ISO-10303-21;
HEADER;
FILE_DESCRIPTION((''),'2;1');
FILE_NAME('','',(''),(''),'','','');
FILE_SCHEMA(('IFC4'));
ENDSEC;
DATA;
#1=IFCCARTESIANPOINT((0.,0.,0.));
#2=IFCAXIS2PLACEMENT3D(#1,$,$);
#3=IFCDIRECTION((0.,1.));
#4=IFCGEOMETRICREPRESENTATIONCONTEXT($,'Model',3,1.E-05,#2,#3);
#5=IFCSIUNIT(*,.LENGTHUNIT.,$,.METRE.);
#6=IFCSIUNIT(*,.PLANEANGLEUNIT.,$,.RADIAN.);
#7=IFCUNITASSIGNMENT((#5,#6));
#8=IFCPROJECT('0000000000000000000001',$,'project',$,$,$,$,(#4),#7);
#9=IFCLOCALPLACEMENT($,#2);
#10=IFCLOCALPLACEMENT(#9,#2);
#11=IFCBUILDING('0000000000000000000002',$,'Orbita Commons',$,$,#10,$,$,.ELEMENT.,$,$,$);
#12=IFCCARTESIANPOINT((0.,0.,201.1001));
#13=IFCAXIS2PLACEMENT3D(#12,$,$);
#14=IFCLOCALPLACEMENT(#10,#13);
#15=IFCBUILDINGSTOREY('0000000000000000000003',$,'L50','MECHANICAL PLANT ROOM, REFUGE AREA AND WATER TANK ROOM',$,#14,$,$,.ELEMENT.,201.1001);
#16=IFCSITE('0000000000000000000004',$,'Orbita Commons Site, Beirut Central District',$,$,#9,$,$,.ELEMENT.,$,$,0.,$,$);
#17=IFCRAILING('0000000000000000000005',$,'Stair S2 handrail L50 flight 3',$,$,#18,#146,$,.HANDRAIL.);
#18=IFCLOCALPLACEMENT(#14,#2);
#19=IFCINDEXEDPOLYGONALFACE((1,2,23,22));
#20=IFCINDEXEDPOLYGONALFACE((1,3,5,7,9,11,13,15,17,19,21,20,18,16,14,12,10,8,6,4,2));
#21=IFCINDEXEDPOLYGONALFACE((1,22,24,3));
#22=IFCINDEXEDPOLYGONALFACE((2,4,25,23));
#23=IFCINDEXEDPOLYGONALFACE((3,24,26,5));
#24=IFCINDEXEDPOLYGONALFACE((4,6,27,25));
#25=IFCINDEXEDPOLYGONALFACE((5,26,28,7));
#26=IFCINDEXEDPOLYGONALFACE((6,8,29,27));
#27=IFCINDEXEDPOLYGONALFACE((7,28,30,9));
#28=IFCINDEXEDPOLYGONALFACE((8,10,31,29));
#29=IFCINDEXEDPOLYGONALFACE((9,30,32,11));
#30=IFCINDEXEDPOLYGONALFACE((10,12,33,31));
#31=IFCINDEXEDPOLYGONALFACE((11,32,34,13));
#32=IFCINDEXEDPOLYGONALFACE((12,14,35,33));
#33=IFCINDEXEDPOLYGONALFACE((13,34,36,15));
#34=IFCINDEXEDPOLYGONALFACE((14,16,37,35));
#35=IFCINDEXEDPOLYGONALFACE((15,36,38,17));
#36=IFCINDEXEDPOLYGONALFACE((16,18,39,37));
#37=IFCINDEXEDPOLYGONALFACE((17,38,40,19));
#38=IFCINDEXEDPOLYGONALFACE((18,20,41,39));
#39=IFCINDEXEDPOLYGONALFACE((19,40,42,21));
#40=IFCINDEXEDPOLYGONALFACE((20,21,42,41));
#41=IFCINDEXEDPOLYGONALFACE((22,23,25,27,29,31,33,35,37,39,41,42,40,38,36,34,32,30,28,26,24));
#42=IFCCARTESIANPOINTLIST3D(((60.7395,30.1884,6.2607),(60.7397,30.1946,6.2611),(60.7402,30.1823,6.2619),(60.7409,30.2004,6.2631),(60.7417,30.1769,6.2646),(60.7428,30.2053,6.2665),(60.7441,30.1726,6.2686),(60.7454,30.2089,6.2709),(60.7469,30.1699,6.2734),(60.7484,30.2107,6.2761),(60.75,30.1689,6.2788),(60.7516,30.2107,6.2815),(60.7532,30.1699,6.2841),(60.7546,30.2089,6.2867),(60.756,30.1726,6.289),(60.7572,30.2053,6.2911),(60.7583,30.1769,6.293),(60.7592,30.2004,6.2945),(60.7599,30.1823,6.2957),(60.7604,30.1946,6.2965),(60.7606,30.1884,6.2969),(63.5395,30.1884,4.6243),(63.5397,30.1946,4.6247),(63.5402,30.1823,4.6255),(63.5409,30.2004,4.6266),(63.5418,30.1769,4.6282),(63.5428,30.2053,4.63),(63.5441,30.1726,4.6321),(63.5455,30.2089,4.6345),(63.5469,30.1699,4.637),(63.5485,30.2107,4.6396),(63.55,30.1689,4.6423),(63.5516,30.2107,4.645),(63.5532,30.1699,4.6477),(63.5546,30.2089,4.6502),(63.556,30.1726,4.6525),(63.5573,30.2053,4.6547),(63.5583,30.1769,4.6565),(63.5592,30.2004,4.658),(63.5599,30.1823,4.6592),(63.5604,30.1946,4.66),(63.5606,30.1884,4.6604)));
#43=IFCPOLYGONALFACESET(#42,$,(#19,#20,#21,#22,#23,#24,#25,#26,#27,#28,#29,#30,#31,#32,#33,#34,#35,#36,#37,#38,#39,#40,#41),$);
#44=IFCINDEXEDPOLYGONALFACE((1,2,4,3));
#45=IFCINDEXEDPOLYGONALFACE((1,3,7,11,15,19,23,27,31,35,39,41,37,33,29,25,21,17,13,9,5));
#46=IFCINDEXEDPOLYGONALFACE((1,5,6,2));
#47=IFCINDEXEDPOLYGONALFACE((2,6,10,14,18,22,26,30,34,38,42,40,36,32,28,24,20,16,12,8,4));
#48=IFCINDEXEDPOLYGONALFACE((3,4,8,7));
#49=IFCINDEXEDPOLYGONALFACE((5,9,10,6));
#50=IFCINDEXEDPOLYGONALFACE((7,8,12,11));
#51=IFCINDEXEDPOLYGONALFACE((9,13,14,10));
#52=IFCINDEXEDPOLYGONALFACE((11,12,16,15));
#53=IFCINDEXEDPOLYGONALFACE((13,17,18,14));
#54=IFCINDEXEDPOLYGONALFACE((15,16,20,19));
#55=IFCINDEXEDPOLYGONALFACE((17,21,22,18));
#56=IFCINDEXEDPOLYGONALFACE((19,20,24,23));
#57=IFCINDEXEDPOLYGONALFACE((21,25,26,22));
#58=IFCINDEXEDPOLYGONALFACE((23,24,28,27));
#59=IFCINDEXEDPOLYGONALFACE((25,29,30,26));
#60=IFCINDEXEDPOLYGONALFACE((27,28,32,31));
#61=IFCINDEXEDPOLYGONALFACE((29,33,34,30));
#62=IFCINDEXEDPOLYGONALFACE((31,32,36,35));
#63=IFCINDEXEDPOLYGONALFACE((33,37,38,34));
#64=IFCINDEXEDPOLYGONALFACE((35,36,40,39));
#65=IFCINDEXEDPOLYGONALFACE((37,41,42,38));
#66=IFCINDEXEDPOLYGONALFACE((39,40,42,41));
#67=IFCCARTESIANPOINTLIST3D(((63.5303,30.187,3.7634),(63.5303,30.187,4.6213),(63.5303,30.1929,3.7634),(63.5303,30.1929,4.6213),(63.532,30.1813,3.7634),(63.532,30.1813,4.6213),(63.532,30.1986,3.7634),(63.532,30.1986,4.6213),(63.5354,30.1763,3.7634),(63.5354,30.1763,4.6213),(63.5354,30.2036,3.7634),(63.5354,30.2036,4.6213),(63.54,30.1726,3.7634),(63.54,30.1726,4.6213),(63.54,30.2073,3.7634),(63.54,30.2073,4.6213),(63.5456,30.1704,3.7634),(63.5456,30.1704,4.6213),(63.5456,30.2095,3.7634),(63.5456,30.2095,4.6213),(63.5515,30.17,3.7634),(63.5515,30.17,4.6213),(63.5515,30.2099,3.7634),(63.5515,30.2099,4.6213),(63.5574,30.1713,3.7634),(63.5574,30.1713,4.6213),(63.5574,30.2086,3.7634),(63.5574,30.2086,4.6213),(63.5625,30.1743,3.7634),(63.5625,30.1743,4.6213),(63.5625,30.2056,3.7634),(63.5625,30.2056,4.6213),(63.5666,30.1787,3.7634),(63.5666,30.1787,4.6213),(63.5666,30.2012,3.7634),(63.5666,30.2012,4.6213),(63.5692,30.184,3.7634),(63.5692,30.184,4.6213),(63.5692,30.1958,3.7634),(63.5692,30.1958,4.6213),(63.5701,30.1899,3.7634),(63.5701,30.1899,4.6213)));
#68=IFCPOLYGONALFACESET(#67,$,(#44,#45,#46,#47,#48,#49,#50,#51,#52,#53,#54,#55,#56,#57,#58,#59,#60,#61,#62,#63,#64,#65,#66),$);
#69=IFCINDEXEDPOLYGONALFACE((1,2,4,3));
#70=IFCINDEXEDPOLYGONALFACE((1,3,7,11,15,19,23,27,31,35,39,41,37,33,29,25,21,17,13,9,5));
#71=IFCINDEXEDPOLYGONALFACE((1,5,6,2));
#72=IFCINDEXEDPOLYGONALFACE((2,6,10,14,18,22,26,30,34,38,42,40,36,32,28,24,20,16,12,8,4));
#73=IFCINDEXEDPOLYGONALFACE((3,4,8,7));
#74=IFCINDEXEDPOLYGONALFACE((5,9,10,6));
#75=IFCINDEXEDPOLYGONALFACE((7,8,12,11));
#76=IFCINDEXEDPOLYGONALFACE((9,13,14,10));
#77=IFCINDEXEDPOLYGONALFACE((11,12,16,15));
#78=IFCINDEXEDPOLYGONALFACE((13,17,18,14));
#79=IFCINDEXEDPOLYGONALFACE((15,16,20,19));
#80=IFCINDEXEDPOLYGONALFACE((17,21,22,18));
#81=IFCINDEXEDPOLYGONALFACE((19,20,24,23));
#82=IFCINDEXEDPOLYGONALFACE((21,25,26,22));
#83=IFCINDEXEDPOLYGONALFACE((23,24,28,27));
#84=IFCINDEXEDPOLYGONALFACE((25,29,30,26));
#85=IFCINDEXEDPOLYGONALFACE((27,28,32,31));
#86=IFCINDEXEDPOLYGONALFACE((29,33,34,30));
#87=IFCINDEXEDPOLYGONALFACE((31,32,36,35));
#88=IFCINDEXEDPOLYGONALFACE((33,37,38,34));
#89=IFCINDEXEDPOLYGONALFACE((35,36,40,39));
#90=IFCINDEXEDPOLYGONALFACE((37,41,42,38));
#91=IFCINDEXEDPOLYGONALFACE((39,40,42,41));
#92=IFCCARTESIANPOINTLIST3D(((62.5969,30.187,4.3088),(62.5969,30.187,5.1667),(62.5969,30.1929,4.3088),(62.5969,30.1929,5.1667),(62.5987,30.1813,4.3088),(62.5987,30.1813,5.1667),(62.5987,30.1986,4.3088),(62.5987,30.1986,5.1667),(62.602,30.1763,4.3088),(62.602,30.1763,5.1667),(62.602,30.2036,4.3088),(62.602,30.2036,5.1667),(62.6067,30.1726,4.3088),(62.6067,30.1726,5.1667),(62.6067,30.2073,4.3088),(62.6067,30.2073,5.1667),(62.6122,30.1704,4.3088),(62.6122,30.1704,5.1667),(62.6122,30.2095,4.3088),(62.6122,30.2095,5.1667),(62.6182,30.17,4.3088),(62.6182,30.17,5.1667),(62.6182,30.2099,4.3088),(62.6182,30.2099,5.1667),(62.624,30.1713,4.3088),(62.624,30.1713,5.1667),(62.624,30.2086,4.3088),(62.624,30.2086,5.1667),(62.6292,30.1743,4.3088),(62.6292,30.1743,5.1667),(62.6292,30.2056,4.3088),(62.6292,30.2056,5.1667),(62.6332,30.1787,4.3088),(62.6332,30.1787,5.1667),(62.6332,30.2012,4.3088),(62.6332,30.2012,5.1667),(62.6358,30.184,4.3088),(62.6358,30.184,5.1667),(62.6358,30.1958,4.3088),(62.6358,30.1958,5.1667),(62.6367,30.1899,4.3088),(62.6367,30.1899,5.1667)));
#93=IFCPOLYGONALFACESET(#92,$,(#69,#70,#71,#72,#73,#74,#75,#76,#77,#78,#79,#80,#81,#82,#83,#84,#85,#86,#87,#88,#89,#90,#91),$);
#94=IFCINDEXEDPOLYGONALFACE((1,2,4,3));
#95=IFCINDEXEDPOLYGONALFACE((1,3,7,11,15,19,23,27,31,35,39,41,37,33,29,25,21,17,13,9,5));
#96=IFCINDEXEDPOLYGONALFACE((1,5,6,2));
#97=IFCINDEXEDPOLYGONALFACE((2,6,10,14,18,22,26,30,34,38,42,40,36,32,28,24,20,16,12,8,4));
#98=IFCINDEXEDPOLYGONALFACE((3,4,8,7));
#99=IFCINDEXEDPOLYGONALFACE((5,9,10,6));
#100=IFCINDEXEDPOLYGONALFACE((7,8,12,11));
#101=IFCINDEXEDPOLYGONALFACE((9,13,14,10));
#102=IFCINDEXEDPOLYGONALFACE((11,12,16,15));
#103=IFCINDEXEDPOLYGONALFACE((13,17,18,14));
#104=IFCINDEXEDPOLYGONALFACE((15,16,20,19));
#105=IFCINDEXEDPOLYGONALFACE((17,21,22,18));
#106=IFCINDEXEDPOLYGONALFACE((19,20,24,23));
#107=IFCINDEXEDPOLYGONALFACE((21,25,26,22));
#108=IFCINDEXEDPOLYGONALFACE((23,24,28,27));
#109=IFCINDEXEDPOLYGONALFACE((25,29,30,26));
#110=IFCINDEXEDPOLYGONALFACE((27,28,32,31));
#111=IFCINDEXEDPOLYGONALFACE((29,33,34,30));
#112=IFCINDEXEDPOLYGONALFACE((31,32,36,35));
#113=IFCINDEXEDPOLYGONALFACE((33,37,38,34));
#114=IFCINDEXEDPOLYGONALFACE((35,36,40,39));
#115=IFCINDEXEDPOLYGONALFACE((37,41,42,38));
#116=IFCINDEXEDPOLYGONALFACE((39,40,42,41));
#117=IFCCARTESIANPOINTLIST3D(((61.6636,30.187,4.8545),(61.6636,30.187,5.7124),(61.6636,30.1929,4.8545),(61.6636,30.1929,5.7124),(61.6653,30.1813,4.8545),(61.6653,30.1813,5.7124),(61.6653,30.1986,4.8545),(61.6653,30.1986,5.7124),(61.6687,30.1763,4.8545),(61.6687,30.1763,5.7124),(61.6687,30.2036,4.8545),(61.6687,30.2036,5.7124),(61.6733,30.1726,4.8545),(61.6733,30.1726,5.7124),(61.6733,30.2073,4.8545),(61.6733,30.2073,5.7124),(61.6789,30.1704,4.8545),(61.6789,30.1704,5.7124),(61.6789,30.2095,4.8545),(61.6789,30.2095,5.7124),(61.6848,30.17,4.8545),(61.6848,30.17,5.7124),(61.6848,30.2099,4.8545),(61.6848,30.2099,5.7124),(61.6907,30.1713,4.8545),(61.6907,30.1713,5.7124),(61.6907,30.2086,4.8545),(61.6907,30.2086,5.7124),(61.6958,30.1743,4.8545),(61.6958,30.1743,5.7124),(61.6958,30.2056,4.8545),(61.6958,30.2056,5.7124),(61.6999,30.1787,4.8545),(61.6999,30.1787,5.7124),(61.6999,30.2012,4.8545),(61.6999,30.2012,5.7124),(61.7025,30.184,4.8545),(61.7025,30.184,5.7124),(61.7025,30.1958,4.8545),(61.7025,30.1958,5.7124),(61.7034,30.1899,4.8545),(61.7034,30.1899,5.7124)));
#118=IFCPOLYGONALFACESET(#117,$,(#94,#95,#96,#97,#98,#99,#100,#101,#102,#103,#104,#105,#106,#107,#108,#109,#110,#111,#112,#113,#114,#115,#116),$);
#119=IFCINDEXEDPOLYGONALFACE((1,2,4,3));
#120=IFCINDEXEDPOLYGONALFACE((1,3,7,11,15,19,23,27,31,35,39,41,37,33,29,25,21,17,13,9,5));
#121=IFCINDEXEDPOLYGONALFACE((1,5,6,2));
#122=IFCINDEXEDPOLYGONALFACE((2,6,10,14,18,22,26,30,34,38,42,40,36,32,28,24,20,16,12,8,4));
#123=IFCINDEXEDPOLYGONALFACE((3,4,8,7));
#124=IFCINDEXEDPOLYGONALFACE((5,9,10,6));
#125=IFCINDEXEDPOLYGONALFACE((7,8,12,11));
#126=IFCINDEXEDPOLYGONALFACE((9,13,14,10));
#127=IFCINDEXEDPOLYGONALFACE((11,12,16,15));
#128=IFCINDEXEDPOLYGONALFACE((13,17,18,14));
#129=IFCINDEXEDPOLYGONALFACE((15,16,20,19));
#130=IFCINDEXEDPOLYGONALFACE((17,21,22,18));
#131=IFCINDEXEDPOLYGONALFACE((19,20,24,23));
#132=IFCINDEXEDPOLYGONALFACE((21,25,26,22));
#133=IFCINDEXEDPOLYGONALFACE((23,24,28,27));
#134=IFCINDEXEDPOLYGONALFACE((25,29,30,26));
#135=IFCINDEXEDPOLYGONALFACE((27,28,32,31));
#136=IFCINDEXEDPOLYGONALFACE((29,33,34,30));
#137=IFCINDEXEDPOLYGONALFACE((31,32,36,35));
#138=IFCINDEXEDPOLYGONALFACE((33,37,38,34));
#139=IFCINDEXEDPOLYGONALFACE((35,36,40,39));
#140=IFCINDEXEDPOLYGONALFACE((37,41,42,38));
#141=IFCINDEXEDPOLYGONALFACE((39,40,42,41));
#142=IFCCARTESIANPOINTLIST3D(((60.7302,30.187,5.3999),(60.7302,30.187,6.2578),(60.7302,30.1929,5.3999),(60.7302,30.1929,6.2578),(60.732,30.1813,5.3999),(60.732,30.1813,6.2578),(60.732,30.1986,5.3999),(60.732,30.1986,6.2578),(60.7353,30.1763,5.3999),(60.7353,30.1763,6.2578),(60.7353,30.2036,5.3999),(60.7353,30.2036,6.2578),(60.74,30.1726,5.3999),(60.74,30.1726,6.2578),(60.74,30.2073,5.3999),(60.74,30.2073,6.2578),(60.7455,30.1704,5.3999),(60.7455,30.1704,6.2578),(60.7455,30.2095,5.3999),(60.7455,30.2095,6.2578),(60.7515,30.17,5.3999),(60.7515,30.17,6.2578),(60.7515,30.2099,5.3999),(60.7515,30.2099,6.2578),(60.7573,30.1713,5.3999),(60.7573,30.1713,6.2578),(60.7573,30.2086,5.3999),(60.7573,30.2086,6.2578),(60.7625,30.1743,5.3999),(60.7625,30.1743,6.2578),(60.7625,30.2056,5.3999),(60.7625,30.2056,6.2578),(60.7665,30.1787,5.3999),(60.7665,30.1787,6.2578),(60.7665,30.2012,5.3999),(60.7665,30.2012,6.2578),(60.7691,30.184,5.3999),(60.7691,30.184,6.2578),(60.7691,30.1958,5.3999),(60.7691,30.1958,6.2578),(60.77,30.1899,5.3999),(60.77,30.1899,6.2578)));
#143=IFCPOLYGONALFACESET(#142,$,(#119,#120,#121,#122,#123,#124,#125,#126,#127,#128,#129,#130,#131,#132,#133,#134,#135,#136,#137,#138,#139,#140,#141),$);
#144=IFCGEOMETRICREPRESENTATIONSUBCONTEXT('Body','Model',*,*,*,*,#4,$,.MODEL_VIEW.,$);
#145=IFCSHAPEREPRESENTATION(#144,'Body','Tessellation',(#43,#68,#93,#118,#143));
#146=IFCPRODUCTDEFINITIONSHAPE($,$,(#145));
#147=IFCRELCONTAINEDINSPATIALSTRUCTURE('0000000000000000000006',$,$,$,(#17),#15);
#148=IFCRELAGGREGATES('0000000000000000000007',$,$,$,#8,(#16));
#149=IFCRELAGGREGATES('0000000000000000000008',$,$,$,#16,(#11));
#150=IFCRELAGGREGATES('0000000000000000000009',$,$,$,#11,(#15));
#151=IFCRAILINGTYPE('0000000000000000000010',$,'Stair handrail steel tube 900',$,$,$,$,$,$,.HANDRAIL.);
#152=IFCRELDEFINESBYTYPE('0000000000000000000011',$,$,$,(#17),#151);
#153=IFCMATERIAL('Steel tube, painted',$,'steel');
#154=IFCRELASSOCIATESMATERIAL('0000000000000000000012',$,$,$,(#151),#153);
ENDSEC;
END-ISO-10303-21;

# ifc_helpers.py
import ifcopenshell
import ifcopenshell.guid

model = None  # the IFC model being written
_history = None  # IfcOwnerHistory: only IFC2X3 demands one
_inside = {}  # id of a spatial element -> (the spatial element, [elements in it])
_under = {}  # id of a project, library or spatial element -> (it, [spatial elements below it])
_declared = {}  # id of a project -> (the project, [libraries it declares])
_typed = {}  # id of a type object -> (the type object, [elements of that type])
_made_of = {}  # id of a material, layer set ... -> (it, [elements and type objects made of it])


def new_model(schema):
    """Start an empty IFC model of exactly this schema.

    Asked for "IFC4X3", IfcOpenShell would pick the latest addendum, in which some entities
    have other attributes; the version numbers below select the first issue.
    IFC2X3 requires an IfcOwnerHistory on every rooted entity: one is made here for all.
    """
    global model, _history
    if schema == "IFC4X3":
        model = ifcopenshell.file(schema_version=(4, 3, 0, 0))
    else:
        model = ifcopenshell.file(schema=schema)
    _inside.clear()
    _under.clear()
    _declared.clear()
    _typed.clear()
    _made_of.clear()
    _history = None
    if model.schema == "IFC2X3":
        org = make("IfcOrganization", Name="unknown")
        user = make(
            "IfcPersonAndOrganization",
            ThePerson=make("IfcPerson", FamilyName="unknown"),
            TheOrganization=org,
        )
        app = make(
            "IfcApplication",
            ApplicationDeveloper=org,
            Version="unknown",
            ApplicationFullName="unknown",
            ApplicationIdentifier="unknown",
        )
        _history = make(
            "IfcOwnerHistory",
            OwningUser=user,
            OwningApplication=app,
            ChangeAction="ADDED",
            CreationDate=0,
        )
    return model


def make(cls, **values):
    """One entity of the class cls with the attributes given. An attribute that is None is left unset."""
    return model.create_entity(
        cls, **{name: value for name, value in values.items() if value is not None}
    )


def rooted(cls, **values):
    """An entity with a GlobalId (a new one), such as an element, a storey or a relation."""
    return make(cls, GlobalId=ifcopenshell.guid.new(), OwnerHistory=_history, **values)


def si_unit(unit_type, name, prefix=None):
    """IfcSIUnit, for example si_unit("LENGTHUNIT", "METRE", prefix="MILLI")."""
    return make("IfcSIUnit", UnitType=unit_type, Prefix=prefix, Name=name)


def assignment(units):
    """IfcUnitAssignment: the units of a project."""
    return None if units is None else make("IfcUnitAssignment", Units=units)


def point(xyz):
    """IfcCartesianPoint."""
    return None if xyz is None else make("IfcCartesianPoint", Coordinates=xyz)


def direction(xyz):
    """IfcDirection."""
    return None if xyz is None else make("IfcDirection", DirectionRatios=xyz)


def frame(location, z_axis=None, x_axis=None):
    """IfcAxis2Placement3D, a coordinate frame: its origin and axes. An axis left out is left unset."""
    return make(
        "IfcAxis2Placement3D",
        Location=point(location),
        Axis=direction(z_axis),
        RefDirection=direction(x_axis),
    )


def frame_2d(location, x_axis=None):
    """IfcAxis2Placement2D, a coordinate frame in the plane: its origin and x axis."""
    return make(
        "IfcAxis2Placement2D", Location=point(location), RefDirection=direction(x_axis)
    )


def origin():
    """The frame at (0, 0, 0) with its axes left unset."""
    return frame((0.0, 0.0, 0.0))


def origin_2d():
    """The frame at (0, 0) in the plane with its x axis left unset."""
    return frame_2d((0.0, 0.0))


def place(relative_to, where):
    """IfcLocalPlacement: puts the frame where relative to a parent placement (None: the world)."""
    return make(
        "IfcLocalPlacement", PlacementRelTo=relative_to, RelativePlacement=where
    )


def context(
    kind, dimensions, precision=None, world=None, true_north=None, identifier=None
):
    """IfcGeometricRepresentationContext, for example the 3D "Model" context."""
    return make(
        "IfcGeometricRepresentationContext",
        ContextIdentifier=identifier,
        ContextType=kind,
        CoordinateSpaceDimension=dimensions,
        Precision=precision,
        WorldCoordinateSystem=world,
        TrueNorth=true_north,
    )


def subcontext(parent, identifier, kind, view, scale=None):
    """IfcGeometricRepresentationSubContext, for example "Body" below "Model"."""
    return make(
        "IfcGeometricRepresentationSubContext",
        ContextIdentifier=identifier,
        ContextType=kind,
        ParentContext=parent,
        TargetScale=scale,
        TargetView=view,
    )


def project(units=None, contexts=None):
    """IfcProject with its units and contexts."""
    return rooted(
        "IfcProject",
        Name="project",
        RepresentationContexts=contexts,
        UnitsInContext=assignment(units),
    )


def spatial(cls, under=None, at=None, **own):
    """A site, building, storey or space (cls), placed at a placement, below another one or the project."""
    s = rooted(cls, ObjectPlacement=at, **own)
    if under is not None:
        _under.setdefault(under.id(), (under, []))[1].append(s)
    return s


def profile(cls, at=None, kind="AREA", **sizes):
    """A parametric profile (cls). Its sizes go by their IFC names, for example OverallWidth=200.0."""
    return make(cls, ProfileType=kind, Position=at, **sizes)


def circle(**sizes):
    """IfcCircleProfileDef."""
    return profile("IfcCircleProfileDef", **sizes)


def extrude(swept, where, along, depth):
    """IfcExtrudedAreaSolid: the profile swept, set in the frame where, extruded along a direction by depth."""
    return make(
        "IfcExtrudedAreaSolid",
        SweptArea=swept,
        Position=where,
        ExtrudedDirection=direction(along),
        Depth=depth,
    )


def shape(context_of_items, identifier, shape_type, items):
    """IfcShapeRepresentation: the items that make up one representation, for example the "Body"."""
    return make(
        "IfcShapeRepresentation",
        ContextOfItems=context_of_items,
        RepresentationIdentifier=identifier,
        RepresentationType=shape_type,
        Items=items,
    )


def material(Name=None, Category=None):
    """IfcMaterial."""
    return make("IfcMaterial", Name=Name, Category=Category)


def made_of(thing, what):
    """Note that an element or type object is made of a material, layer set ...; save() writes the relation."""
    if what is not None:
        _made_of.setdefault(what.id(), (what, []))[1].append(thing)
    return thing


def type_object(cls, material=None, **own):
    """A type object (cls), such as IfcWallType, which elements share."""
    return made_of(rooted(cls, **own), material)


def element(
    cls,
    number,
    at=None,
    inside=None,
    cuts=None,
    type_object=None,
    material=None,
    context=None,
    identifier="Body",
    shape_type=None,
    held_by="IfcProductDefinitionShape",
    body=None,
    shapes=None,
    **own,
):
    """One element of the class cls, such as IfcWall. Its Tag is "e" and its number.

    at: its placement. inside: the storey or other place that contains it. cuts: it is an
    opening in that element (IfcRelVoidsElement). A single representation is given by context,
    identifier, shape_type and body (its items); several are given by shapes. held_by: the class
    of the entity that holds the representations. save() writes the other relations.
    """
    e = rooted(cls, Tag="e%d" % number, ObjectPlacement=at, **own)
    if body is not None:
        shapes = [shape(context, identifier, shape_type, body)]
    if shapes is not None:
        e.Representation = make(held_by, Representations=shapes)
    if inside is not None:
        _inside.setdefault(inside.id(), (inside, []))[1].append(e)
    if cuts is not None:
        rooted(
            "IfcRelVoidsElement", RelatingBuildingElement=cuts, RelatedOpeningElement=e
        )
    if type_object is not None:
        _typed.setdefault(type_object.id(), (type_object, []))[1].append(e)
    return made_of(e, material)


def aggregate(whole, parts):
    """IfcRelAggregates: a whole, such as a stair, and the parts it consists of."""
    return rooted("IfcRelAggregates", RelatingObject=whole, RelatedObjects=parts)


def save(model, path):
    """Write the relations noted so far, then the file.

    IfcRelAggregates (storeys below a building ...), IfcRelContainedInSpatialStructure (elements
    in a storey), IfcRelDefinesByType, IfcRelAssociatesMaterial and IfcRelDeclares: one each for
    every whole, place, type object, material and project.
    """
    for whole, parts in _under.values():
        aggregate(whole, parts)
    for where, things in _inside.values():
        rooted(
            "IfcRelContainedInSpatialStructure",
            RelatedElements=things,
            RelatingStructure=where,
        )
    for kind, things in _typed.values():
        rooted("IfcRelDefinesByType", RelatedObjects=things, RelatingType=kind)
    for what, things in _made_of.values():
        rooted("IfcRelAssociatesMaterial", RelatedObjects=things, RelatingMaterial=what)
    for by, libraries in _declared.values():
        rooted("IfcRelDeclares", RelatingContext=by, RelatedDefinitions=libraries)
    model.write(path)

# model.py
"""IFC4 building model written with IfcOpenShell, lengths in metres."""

from ifc_helpers import new_model, si_unit, direction, frame, origin, origin_2d, place, context, subcontext, project, spatial, circle, extrude, material, type_object, element, save


model = new_model("IFC4")

# Units and contexts
model_context = context("Model", 3, precision=1e-05, world=origin(), true_north=direction((0.0, 1.0)))
body_context = subcontext(model_context, "Body", "Model", "MODEL_VIEW")
ifc_project = project(units=[si_unit("LENGTHUNIT", "METRE"), si_unit("PLANEANGLEUNIT", "RADIAN")], contexts=[model_context])

# Site, building, storey
site_placement = place(None, origin())
site = spatial("IfcSite", under=ifc_project, at=site_placement, Name="Orbita Commons Site, Beirut Central District", CompositionType="ELEMENT", RefElevation=0.0)
building_placement = place(site_placement, origin())
building = spatial("IfcBuilding", under=site, at=building_placement, Name="Orbita Commons", CompositionType="ELEMENT")
storey_placement = place(building_placement, frame((0.0, 0.0, 201.1001)))
storey = spatial("IfcBuildingStorey", under=building, at=storey_placement, Name="L50", Description="MECHANICAL PLANT ROOM, REFUGE AREA AND WATER TANK ROOM", CompositionType="ELEMENT", Elevation=201.1001)

# Railing
ifc_material_1 = material(Name="Steel tube, painted", Category="steel")
railing_type = type_object("IfcRailingType", Name="Stair handrail steel tube 900", PredefinedType="HANDRAIL", material=ifc_material_1)
for number, where, name in (
    (1, (63.55, 30.1899, 3.7634), "Stair S2 handrail L50 flight 3"),
):
    element("IfcRailing", number, at=place(storey_placement, frame(where)), inside=storey, type_object=railing_type, Name=name, PredefinedType="HANDRAIL", context=body_context, shape_type="SweptSolid", body=[
        extrude(circle(Radius=0.021, at=origin_2d()), frame((0.0, 0.0, 0.8789), z_axis=(-0.863361, 0.0, 0.504587), x_axis=(0.0, -1.0, 0.0)), (0.0, 0.0, 1.0), 3.2432),
        extrude(circle(Radius=0.02, at=origin_2d()), origin(), (0.0, 0.0, 1.0), 0.8579),
        extrude(circle(Radius=0.02, at=origin_2d()), frame((-0.9333, 0.0, 0.5454)), (0.0, 0.0, 1.0), 0.8579),
        extrude(circle(Radius=0.02, at=origin_2d()), frame((-1.8667, 0.0, 1.0911)), (0.0, 0.0, 1.0), 0.8579),
        extrude(circle(Radius=0.02, at=origin_2d()), frame((-2.8, 0.0, 1.6365)), (0.0, 0.0, 1.0), 0.8579),
    ])

save(model, "model.ifc")
